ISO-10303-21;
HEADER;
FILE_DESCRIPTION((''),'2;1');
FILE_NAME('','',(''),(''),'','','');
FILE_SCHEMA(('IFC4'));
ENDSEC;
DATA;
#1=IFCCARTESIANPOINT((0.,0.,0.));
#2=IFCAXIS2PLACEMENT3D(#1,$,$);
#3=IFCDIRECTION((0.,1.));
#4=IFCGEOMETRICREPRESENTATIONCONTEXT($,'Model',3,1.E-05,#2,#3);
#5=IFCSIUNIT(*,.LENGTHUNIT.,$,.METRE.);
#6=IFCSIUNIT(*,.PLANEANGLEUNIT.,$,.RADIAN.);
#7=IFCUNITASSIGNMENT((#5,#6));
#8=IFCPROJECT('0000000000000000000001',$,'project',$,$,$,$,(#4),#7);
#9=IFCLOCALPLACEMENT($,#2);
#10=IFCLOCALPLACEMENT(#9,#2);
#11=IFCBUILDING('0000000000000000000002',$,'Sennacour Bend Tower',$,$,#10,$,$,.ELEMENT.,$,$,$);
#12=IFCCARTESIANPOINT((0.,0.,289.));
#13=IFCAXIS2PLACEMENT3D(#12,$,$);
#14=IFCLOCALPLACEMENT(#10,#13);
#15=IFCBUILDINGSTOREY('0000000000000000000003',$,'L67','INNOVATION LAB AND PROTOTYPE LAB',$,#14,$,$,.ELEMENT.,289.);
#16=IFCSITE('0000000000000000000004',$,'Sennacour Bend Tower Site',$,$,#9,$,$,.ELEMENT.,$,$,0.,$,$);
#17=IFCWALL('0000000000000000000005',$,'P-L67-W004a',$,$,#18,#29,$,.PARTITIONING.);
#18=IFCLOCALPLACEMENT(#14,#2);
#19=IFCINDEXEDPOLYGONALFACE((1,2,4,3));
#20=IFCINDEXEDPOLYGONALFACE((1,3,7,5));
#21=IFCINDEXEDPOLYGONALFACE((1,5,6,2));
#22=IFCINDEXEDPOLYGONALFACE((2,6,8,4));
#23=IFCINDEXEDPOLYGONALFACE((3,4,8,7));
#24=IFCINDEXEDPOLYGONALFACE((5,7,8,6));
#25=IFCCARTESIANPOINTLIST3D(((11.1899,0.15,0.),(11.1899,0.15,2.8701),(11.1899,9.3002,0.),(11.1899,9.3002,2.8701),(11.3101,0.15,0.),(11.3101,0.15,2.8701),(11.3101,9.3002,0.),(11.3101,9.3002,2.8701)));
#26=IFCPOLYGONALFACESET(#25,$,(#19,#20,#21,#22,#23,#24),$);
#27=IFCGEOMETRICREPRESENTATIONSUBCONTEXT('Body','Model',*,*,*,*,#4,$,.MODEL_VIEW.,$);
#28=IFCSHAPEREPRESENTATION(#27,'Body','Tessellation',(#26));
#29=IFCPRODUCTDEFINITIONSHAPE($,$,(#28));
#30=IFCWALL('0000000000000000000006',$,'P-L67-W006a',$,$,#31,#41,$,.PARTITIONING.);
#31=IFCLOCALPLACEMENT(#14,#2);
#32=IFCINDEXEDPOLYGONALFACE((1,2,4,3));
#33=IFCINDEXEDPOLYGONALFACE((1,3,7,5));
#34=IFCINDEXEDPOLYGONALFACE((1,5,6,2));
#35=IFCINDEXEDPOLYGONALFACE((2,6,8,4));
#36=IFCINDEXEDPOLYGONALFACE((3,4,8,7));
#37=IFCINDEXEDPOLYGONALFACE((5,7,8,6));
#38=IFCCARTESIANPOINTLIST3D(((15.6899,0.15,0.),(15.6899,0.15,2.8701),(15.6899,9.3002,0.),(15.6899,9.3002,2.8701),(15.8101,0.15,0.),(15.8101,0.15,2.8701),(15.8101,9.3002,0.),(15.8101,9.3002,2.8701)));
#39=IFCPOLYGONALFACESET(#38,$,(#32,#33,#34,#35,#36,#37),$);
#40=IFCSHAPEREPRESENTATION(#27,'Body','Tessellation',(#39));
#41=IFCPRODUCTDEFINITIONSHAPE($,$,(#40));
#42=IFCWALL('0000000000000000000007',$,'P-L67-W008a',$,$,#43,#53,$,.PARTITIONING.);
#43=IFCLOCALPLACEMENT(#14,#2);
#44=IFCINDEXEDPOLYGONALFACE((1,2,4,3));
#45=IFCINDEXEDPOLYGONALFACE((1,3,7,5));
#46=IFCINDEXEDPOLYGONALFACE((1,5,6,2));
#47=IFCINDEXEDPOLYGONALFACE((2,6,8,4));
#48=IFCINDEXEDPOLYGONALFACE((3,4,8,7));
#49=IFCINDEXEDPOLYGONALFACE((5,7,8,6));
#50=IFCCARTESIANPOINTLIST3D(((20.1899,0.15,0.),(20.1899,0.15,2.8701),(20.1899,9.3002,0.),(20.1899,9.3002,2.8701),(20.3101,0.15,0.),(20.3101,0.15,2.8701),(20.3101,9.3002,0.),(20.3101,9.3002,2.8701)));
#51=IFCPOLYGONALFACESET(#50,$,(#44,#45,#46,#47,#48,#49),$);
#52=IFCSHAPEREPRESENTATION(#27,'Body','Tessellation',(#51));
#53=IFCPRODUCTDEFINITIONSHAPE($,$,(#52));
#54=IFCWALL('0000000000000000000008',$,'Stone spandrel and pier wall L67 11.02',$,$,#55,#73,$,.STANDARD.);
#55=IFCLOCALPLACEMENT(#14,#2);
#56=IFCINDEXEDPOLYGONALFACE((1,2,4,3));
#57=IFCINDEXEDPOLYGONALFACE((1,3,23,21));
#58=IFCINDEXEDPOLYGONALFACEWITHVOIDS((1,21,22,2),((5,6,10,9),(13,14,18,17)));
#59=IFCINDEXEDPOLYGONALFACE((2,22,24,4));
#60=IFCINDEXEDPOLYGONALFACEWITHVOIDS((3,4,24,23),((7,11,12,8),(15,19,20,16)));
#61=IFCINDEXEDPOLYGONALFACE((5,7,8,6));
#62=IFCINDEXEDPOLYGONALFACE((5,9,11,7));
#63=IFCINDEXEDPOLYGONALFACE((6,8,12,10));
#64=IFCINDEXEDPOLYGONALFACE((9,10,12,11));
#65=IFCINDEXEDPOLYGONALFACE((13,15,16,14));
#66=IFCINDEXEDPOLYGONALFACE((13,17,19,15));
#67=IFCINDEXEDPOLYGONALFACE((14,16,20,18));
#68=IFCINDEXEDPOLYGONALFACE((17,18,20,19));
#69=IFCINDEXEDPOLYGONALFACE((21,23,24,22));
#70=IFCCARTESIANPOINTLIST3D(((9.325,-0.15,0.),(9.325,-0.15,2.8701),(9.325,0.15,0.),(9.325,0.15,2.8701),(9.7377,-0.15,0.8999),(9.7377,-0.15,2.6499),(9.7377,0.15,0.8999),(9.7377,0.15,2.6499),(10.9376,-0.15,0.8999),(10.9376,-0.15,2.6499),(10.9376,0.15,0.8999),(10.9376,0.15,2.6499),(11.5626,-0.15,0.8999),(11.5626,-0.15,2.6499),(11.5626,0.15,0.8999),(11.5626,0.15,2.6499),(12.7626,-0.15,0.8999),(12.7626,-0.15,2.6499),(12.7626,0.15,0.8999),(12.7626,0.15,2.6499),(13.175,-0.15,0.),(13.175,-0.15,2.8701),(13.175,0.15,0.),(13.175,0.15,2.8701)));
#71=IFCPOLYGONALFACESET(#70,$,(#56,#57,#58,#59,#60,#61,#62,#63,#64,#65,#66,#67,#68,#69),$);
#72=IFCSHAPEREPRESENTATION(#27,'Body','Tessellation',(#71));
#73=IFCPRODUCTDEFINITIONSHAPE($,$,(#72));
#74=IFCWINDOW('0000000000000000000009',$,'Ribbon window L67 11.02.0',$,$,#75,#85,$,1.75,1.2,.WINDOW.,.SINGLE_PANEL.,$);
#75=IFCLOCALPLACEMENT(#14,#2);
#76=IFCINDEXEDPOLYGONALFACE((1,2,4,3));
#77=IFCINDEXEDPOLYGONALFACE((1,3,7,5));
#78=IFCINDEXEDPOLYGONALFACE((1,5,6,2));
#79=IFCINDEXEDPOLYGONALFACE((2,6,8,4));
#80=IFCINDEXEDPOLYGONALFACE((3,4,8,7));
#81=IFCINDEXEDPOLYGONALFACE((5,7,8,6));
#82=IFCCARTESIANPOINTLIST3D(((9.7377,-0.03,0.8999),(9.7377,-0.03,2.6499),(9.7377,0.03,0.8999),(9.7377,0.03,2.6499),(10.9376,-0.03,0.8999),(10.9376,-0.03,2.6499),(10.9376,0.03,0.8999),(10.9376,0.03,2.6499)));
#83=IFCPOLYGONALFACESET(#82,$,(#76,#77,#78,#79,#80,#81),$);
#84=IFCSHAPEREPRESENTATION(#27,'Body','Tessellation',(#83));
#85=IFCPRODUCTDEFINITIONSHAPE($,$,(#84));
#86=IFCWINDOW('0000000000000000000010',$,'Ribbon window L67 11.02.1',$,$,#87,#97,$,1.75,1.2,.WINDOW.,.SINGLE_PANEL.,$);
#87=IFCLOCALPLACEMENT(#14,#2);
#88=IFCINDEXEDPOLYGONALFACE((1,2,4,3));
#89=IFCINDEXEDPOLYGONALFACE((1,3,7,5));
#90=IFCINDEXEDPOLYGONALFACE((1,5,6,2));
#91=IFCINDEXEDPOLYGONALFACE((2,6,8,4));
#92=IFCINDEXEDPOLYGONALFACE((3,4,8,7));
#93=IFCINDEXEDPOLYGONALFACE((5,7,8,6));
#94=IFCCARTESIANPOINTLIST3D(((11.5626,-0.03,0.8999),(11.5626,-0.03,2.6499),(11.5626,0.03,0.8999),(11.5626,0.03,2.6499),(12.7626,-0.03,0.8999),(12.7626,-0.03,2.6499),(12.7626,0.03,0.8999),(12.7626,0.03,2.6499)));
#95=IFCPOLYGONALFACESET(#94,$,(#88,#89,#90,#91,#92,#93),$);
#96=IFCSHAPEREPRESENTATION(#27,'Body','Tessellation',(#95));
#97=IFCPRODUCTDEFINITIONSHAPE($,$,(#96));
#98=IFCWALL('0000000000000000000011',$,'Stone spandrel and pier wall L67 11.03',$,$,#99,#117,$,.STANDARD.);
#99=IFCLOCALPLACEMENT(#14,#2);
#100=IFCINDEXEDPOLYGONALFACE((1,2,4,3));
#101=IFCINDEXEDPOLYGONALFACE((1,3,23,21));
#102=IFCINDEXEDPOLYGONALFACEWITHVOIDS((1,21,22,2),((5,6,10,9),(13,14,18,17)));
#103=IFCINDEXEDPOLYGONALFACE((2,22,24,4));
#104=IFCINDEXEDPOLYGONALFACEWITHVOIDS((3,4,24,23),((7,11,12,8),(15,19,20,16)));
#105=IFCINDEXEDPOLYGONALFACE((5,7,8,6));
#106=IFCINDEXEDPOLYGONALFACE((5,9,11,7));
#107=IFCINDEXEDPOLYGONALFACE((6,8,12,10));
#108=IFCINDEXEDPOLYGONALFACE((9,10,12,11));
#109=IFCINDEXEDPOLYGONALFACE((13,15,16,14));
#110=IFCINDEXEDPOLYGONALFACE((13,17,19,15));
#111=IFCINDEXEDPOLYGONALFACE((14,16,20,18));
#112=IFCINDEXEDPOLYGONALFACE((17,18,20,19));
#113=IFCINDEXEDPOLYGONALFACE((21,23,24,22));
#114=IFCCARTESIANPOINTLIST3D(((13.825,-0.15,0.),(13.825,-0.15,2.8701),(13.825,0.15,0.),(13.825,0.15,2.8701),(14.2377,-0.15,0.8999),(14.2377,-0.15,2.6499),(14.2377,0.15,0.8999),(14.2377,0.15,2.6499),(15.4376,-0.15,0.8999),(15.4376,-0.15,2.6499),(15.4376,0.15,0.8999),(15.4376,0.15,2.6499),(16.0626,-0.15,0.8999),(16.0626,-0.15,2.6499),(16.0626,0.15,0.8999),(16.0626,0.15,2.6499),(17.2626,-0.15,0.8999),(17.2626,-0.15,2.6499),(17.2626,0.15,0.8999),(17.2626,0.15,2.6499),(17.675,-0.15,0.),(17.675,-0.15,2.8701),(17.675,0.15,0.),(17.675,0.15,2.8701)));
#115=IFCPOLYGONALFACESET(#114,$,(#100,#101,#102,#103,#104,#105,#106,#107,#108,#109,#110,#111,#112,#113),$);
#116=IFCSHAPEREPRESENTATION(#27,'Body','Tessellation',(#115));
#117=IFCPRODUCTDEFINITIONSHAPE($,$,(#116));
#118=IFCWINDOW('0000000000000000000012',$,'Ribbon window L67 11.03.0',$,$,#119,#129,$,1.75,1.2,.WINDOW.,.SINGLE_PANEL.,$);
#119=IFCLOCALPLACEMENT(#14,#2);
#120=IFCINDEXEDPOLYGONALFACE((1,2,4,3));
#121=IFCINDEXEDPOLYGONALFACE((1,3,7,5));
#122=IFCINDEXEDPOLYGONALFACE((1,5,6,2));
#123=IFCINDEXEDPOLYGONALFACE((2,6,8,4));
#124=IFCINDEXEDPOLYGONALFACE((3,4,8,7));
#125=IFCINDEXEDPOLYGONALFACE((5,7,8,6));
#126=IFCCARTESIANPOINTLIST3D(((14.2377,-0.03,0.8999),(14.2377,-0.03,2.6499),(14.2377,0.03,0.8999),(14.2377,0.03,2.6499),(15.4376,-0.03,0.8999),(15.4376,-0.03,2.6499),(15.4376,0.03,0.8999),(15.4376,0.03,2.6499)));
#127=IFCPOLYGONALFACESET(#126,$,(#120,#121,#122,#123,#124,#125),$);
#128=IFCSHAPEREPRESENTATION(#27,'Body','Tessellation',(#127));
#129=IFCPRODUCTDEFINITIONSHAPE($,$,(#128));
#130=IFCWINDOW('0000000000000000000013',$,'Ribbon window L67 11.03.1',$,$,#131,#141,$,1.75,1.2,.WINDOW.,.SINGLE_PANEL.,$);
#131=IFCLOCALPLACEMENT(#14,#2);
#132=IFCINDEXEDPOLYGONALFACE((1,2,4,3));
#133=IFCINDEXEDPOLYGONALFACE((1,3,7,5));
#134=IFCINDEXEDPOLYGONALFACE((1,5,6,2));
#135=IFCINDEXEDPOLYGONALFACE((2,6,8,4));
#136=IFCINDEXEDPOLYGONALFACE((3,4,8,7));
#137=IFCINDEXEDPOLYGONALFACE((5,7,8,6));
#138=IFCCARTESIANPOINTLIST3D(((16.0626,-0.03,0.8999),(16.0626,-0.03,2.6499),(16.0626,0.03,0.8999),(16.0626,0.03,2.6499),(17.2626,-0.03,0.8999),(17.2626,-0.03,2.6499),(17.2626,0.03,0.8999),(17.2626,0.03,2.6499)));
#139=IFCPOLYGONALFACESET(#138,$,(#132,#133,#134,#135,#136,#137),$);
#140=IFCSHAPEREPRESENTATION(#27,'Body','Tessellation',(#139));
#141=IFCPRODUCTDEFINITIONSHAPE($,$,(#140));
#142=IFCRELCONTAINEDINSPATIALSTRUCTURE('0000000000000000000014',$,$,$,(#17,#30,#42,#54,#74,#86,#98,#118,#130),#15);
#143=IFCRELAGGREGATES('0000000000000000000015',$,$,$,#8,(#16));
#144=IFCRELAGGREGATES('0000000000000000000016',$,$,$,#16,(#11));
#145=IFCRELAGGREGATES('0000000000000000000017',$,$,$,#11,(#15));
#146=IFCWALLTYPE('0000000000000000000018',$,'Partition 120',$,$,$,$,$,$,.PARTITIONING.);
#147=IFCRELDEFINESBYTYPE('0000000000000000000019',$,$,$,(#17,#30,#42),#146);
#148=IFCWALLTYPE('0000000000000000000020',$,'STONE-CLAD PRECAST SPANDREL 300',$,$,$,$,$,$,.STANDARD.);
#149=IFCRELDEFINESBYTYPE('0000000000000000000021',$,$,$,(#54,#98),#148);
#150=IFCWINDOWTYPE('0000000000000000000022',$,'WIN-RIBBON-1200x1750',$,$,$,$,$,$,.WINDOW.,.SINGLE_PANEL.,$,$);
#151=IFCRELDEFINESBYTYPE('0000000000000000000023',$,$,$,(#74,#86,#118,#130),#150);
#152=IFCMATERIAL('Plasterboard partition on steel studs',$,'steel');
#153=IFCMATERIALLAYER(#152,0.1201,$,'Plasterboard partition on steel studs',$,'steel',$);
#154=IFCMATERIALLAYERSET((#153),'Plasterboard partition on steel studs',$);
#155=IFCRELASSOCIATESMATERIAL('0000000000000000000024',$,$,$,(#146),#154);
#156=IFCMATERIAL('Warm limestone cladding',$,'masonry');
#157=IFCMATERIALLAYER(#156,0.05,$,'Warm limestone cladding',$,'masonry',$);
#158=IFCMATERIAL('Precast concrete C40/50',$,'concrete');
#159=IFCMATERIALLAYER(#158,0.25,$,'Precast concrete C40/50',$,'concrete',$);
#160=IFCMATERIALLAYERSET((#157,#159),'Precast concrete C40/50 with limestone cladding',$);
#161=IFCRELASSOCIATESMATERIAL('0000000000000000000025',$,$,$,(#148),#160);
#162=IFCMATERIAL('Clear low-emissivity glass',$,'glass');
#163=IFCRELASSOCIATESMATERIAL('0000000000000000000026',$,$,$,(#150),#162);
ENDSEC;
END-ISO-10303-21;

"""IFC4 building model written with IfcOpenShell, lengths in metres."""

from ifc_helpers import new_model, si_unit, direction, frame, frame_2d, origin, place, context, subcontext, project, spatial, rectangle, extrude, material, layer, layer_set, type_object, element, fill, save


model = new_model("IFC4")

# Units and contexts
model_context = context("Model", 3, precision=1e-05, world=origin(), true_north=direction((0.0, 1.0)))
body_context = subcontext(model_context, "Body", "Model", "MODEL_VIEW")
ifc_project = project(units=[si_unit("LENGTHUNIT", "METRE"), si_unit("PLANEANGLEUNIT", "RADIAN")], contexts=[model_context])

# Site, building, storey
site_placement = place(None, origin())
site = spatial("IfcSite", under=ifc_project, at=site_placement, Name="Sennacour Bend Tower Site", CompositionType="ELEMENT", RefElevation=0.0)
building_placement = place(site_placement, origin())
building = spatial("IfcBuilding", under=site, at=building_placement, Name="Sennacour Bend Tower", CompositionType="ELEMENT")
storey_placement = place(building_placement, frame((0.0, 0.0, 289.0)))
storey = spatial("IfcBuildingStorey", under=building, at=storey_placement, Name="L67", Description="INNOVATION LAB AND PROTOTYPE LAB", CompositionType="ELEMENT", Elevation=289.0)

# Walls
ifc_material_1 = material(Name="Plasterboard partition on steel studs", Category="steel")
ifc_layer_1 = layer(ifc_material_1, 0.1201, Name="Plasterboard partition on steel studs", Category="steel")
ifc_layer_set_1 = layer_set([ifc_layer_1], Name="Plasterboard partition on steel studs")
wall_type_1 = type_object("IfcWallType", Name="Partition 120", PredefinedType="PARTITIONING", material=ifc_layer_set_1)
for number, where, z_axis, x_axis, name in (
    (1, (11.25, 0.1499, 0.0), (0.0, 0.0, 1.0), (0.0, 1.0, 0.0), "P-L67-W004a"),
    (2, (15.75, 0.1499, 0.0), (0.0, 0.0, 1.0), (0.0, 1.0, 0.0), "P-L67-W006a"),
    (3, (20.25, 0.1499, 0.0), (0.0, 0.0, 1.0), (0.0, 1.0, 0.0), "P-L67-W008a"),
):
    element("IfcWall", number, at=place(storey_placement, frame(where, z_axis=z_axis, x_axis=x_axis)), inside=storey, type_object=wall_type_1, Name=name, PredefinedType="PARTITIONING", context=body_context, shape_type="SweptSolid", body=[
        extrude(rectangle(XDim=9.1501, YDim=0.1201, at=frame_2d((4.5752, 0.0))), origin(), (0.0, 0.0, 1.0), 2.8701),
    ])

# Walls, openings, windows
ifc_material_2 = material(Name="Warm limestone cladding", Category="masonry")
ifc_layer_2 = layer(ifc_material_2, 0.05, Name="Warm limestone cladding", Category="masonry")
ifc_material_3 = material(Name="Precast concrete C40/50", Category="concrete")
ifc_layer_3 = layer(ifc_material_3, 0.25, Name="Precast concrete C40/50", Category="concrete")
ifc_layer_set_2 = layer_set([ifc_layer_2, ifc_layer_3], Name="Precast concrete C40/50 with limestone cladding")
wall_type_2 = type_object("IfcWallType", Name="STONE-CLAD PRECAST SPANDREL 300", PredefinedType="STANDARD", material=ifc_layer_set_2)
wall_1_placement = place(storey_placement, frame((9.325, 0.0, 0.0), z_axis=(0.0, 0.0, 1.0), x_axis=(1.0, 0.0, 0.0)))
wall_1 = element("IfcWall", 4, at=wall_1_placement, inside=storey, type_object=wall_type_2, Name="Stone spandrel and pier wall L67 11.02", PredefinedType="STANDARD", context=body_context, shape_type="SweptSolid", body=[
    extrude(rectangle(XDim=3.8501, YDim=0.3, at=frame_2d((1.925, 0.0))), origin(), (0.0, 0.0, 1.0), 2.8701),
])
opening_1_placement = place(wall_1_placement, frame((0.4126, 0.0, 0.8999)))
opening_1 = element("IfcOpeningElement", 5, at=opening_1_placement, cuts=wall_1, PredefinedType="OPENING", context=body_context, shape_type="SweptSolid", body=[
    extrude(rectangle(XDim=1.2, YDim=1.75, at=frame_2d((0.6001, 0.875))), frame((0.0, 0.1602, 0.0), z_axis=(0.0, -1.0, 0.0), x_axis=(1.0, 0.0, 0.0)), (0.0, 0.0, 1.0), 0.3201),
])
opening_2_placement = place(wall_1_placement, frame((2.2375, 0.0, 0.8999)))
opening_2 = element("IfcOpeningElement", 6, at=opening_2_placement, cuts=wall_1, PredefinedType="OPENING", context=body_context, shape_type="SweptSolid", body=[
    extrude(rectangle(XDim=1.2, YDim=1.75, at=frame_2d((0.6001, 0.875))), frame((0.0, 0.1602, 0.0), z_axis=(0.0, -1.0, 0.0), x_axis=(1.0, 0.0, 0.0)), (0.0, 0.0, 1.0), 0.3201),
])
ifc_material_4 = material(Name="Clear low-emissivity glass", Category="glass")
window_type = type_object("IfcWindowType", Name="WIN-RIBBON-1200x1750", PartitioningType="SINGLE_PANEL", PredefinedType="WINDOW", material=ifc_material_4)
window_1_placement = place(opening_1_placement, origin())
window_1 = element("IfcWindow", 7, at=window_1_placement, inside=storey, type_object=window_type, Name="Ribbon window L67 11.02.0", OverallHeight=1.75, OverallWidth=1.2, PartitioningType="SINGLE_PANEL", PredefinedType="WINDOW", context=body_context, shape_type="SweptSolid", body=[
    extrude(rectangle(XDim=1.2, YDim=1.75, at=frame_2d((0.6001, 0.875))), frame((0.0, 0.03, 0.0), z_axis=(0.0, -1.0, 0.0), x_axis=(1.0, 0.0, 0.0)), (0.0, 0.0, 1.0), 0.0601),
])
fill(opening_1, window_1)
window_2_placement = place(opening_2_placement, origin())
window_2 = element("IfcWindow", 8, at=window_2_placement, inside=storey, type_object=window_type, Name="Ribbon window L67 11.02.1", OverallHeight=1.75, OverallWidth=1.2, PartitioningType="SINGLE_PANEL", PredefinedType="WINDOW", context=body_context, shape_type="SweptSolid", body=[
    extrude(rectangle(XDim=1.2, YDim=1.75, at=frame_2d((0.6001, 0.875))), frame((0.0, 0.03, 0.0), z_axis=(0.0, -1.0, 0.0), x_axis=(1.0, 0.0, 0.0)), (0.0, 0.0, 1.0), 0.0601),
])
fill(opening_2, window_2)
wall_2_placement = place(storey_placement, frame((13.825, 0.0, 0.0), z_axis=(0.0, 0.0, 1.0), x_axis=(1.0, 0.0, 0.0)))
wall_2 = element("IfcWall", 9, at=wall_2_placement, inside=storey, type_object=wall_type_2, Name="Stone spandrel and pier wall L67 11.03", PredefinedType="STANDARD", context=body_context, shape_type="SweptSolid", body=[
    extrude(rectangle(XDim=3.8501, YDim=0.3, at=frame_2d((1.925, 0.0))), origin(), (0.0, 0.0, 1.0), 2.8701),
])
opening_3_placement = place(wall_2_placement, frame((0.4126, 0.0, 0.8999)))
opening_3 = element("IfcOpeningElement", 10, at=opening_3_placement, cuts=wall_2, PredefinedType="OPENING", context=body_context, shape_type="SweptSolid", body=[
    extrude(rectangle(XDim=1.2, YDim=1.75, at=frame_2d((0.6001, 0.875))), frame((0.0, 0.1602, 0.0), z_axis=(0.0, -1.0, 0.0), x_axis=(1.0, 0.0, 0.0)), (0.0, 0.0, 1.0), 0.3201),
])
opening_4_placement = place(wall_2_placement, frame((2.2375, 0.0, 0.8999)))
opening_4 = element("IfcOpeningElement", 11, at=opening_4_placement, cuts=wall_2, PredefinedType="OPENING", context=body_context, shape_type="SweptSolid", body=[
    extrude(rectangle(XDim=1.2, YDim=1.75, at=frame_2d((0.6001, 0.875))), frame((0.0, 0.1602, 0.0), z_axis=(0.0, -1.0, 0.0), x_axis=(1.0, 0.0, 0.0)), (0.0, 0.0, 1.0), 0.3201),
])
window_3_placement = place(opening_3_placement, origin())
window_3 = element("IfcWindow", 12, at=window_3_placement, inside=storey, type_object=window_type, Name="Ribbon window L67 11.03.0", OverallHeight=1.75, OverallWidth=1.2, PartitioningType="SINGLE_PANEL", PredefinedType="WINDOW", context=body_context, shape_type="SweptSolid", body=[
    extrude(rectangle(XDim=1.2, YDim=1.75, at=frame_2d((0.6001, 0.875))), frame((0.0, 0.03, 0.0), z_axis=(0.0, -1.0, 0.0), x_axis=(1.0, 0.0, 0.0)), (0.0, 0.0, 1.0), 0.0601),
])
fill(opening_3, window_3)
window_4_placement = place(opening_4_placement, origin())
window_4 = element("IfcWindow", 13, at=window_4_placement, inside=storey, type_object=window_type, Name="Ribbon window L67 11.03.1", OverallHeight=1.75, OverallWidth=1.2, PartitioningType="SINGLE_PANEL", PredefinedType="WINDOW", context=body_context, shape_type="SweptSolid", body=[
    extrude(rectangle(XDim=1.2, YDim=1.75, at=frame_2d((0.6001, 0.875))), frame((0.0, 0.03, 0.0), z_axis=(0.0, -1.0, 0.0), x_axis=(1.0, 0.0, 0.0)), (0.0, 0.0, 1.0), 0.0601),
])
fill(opening_4, window_4)

save(model, "model.ifc")
